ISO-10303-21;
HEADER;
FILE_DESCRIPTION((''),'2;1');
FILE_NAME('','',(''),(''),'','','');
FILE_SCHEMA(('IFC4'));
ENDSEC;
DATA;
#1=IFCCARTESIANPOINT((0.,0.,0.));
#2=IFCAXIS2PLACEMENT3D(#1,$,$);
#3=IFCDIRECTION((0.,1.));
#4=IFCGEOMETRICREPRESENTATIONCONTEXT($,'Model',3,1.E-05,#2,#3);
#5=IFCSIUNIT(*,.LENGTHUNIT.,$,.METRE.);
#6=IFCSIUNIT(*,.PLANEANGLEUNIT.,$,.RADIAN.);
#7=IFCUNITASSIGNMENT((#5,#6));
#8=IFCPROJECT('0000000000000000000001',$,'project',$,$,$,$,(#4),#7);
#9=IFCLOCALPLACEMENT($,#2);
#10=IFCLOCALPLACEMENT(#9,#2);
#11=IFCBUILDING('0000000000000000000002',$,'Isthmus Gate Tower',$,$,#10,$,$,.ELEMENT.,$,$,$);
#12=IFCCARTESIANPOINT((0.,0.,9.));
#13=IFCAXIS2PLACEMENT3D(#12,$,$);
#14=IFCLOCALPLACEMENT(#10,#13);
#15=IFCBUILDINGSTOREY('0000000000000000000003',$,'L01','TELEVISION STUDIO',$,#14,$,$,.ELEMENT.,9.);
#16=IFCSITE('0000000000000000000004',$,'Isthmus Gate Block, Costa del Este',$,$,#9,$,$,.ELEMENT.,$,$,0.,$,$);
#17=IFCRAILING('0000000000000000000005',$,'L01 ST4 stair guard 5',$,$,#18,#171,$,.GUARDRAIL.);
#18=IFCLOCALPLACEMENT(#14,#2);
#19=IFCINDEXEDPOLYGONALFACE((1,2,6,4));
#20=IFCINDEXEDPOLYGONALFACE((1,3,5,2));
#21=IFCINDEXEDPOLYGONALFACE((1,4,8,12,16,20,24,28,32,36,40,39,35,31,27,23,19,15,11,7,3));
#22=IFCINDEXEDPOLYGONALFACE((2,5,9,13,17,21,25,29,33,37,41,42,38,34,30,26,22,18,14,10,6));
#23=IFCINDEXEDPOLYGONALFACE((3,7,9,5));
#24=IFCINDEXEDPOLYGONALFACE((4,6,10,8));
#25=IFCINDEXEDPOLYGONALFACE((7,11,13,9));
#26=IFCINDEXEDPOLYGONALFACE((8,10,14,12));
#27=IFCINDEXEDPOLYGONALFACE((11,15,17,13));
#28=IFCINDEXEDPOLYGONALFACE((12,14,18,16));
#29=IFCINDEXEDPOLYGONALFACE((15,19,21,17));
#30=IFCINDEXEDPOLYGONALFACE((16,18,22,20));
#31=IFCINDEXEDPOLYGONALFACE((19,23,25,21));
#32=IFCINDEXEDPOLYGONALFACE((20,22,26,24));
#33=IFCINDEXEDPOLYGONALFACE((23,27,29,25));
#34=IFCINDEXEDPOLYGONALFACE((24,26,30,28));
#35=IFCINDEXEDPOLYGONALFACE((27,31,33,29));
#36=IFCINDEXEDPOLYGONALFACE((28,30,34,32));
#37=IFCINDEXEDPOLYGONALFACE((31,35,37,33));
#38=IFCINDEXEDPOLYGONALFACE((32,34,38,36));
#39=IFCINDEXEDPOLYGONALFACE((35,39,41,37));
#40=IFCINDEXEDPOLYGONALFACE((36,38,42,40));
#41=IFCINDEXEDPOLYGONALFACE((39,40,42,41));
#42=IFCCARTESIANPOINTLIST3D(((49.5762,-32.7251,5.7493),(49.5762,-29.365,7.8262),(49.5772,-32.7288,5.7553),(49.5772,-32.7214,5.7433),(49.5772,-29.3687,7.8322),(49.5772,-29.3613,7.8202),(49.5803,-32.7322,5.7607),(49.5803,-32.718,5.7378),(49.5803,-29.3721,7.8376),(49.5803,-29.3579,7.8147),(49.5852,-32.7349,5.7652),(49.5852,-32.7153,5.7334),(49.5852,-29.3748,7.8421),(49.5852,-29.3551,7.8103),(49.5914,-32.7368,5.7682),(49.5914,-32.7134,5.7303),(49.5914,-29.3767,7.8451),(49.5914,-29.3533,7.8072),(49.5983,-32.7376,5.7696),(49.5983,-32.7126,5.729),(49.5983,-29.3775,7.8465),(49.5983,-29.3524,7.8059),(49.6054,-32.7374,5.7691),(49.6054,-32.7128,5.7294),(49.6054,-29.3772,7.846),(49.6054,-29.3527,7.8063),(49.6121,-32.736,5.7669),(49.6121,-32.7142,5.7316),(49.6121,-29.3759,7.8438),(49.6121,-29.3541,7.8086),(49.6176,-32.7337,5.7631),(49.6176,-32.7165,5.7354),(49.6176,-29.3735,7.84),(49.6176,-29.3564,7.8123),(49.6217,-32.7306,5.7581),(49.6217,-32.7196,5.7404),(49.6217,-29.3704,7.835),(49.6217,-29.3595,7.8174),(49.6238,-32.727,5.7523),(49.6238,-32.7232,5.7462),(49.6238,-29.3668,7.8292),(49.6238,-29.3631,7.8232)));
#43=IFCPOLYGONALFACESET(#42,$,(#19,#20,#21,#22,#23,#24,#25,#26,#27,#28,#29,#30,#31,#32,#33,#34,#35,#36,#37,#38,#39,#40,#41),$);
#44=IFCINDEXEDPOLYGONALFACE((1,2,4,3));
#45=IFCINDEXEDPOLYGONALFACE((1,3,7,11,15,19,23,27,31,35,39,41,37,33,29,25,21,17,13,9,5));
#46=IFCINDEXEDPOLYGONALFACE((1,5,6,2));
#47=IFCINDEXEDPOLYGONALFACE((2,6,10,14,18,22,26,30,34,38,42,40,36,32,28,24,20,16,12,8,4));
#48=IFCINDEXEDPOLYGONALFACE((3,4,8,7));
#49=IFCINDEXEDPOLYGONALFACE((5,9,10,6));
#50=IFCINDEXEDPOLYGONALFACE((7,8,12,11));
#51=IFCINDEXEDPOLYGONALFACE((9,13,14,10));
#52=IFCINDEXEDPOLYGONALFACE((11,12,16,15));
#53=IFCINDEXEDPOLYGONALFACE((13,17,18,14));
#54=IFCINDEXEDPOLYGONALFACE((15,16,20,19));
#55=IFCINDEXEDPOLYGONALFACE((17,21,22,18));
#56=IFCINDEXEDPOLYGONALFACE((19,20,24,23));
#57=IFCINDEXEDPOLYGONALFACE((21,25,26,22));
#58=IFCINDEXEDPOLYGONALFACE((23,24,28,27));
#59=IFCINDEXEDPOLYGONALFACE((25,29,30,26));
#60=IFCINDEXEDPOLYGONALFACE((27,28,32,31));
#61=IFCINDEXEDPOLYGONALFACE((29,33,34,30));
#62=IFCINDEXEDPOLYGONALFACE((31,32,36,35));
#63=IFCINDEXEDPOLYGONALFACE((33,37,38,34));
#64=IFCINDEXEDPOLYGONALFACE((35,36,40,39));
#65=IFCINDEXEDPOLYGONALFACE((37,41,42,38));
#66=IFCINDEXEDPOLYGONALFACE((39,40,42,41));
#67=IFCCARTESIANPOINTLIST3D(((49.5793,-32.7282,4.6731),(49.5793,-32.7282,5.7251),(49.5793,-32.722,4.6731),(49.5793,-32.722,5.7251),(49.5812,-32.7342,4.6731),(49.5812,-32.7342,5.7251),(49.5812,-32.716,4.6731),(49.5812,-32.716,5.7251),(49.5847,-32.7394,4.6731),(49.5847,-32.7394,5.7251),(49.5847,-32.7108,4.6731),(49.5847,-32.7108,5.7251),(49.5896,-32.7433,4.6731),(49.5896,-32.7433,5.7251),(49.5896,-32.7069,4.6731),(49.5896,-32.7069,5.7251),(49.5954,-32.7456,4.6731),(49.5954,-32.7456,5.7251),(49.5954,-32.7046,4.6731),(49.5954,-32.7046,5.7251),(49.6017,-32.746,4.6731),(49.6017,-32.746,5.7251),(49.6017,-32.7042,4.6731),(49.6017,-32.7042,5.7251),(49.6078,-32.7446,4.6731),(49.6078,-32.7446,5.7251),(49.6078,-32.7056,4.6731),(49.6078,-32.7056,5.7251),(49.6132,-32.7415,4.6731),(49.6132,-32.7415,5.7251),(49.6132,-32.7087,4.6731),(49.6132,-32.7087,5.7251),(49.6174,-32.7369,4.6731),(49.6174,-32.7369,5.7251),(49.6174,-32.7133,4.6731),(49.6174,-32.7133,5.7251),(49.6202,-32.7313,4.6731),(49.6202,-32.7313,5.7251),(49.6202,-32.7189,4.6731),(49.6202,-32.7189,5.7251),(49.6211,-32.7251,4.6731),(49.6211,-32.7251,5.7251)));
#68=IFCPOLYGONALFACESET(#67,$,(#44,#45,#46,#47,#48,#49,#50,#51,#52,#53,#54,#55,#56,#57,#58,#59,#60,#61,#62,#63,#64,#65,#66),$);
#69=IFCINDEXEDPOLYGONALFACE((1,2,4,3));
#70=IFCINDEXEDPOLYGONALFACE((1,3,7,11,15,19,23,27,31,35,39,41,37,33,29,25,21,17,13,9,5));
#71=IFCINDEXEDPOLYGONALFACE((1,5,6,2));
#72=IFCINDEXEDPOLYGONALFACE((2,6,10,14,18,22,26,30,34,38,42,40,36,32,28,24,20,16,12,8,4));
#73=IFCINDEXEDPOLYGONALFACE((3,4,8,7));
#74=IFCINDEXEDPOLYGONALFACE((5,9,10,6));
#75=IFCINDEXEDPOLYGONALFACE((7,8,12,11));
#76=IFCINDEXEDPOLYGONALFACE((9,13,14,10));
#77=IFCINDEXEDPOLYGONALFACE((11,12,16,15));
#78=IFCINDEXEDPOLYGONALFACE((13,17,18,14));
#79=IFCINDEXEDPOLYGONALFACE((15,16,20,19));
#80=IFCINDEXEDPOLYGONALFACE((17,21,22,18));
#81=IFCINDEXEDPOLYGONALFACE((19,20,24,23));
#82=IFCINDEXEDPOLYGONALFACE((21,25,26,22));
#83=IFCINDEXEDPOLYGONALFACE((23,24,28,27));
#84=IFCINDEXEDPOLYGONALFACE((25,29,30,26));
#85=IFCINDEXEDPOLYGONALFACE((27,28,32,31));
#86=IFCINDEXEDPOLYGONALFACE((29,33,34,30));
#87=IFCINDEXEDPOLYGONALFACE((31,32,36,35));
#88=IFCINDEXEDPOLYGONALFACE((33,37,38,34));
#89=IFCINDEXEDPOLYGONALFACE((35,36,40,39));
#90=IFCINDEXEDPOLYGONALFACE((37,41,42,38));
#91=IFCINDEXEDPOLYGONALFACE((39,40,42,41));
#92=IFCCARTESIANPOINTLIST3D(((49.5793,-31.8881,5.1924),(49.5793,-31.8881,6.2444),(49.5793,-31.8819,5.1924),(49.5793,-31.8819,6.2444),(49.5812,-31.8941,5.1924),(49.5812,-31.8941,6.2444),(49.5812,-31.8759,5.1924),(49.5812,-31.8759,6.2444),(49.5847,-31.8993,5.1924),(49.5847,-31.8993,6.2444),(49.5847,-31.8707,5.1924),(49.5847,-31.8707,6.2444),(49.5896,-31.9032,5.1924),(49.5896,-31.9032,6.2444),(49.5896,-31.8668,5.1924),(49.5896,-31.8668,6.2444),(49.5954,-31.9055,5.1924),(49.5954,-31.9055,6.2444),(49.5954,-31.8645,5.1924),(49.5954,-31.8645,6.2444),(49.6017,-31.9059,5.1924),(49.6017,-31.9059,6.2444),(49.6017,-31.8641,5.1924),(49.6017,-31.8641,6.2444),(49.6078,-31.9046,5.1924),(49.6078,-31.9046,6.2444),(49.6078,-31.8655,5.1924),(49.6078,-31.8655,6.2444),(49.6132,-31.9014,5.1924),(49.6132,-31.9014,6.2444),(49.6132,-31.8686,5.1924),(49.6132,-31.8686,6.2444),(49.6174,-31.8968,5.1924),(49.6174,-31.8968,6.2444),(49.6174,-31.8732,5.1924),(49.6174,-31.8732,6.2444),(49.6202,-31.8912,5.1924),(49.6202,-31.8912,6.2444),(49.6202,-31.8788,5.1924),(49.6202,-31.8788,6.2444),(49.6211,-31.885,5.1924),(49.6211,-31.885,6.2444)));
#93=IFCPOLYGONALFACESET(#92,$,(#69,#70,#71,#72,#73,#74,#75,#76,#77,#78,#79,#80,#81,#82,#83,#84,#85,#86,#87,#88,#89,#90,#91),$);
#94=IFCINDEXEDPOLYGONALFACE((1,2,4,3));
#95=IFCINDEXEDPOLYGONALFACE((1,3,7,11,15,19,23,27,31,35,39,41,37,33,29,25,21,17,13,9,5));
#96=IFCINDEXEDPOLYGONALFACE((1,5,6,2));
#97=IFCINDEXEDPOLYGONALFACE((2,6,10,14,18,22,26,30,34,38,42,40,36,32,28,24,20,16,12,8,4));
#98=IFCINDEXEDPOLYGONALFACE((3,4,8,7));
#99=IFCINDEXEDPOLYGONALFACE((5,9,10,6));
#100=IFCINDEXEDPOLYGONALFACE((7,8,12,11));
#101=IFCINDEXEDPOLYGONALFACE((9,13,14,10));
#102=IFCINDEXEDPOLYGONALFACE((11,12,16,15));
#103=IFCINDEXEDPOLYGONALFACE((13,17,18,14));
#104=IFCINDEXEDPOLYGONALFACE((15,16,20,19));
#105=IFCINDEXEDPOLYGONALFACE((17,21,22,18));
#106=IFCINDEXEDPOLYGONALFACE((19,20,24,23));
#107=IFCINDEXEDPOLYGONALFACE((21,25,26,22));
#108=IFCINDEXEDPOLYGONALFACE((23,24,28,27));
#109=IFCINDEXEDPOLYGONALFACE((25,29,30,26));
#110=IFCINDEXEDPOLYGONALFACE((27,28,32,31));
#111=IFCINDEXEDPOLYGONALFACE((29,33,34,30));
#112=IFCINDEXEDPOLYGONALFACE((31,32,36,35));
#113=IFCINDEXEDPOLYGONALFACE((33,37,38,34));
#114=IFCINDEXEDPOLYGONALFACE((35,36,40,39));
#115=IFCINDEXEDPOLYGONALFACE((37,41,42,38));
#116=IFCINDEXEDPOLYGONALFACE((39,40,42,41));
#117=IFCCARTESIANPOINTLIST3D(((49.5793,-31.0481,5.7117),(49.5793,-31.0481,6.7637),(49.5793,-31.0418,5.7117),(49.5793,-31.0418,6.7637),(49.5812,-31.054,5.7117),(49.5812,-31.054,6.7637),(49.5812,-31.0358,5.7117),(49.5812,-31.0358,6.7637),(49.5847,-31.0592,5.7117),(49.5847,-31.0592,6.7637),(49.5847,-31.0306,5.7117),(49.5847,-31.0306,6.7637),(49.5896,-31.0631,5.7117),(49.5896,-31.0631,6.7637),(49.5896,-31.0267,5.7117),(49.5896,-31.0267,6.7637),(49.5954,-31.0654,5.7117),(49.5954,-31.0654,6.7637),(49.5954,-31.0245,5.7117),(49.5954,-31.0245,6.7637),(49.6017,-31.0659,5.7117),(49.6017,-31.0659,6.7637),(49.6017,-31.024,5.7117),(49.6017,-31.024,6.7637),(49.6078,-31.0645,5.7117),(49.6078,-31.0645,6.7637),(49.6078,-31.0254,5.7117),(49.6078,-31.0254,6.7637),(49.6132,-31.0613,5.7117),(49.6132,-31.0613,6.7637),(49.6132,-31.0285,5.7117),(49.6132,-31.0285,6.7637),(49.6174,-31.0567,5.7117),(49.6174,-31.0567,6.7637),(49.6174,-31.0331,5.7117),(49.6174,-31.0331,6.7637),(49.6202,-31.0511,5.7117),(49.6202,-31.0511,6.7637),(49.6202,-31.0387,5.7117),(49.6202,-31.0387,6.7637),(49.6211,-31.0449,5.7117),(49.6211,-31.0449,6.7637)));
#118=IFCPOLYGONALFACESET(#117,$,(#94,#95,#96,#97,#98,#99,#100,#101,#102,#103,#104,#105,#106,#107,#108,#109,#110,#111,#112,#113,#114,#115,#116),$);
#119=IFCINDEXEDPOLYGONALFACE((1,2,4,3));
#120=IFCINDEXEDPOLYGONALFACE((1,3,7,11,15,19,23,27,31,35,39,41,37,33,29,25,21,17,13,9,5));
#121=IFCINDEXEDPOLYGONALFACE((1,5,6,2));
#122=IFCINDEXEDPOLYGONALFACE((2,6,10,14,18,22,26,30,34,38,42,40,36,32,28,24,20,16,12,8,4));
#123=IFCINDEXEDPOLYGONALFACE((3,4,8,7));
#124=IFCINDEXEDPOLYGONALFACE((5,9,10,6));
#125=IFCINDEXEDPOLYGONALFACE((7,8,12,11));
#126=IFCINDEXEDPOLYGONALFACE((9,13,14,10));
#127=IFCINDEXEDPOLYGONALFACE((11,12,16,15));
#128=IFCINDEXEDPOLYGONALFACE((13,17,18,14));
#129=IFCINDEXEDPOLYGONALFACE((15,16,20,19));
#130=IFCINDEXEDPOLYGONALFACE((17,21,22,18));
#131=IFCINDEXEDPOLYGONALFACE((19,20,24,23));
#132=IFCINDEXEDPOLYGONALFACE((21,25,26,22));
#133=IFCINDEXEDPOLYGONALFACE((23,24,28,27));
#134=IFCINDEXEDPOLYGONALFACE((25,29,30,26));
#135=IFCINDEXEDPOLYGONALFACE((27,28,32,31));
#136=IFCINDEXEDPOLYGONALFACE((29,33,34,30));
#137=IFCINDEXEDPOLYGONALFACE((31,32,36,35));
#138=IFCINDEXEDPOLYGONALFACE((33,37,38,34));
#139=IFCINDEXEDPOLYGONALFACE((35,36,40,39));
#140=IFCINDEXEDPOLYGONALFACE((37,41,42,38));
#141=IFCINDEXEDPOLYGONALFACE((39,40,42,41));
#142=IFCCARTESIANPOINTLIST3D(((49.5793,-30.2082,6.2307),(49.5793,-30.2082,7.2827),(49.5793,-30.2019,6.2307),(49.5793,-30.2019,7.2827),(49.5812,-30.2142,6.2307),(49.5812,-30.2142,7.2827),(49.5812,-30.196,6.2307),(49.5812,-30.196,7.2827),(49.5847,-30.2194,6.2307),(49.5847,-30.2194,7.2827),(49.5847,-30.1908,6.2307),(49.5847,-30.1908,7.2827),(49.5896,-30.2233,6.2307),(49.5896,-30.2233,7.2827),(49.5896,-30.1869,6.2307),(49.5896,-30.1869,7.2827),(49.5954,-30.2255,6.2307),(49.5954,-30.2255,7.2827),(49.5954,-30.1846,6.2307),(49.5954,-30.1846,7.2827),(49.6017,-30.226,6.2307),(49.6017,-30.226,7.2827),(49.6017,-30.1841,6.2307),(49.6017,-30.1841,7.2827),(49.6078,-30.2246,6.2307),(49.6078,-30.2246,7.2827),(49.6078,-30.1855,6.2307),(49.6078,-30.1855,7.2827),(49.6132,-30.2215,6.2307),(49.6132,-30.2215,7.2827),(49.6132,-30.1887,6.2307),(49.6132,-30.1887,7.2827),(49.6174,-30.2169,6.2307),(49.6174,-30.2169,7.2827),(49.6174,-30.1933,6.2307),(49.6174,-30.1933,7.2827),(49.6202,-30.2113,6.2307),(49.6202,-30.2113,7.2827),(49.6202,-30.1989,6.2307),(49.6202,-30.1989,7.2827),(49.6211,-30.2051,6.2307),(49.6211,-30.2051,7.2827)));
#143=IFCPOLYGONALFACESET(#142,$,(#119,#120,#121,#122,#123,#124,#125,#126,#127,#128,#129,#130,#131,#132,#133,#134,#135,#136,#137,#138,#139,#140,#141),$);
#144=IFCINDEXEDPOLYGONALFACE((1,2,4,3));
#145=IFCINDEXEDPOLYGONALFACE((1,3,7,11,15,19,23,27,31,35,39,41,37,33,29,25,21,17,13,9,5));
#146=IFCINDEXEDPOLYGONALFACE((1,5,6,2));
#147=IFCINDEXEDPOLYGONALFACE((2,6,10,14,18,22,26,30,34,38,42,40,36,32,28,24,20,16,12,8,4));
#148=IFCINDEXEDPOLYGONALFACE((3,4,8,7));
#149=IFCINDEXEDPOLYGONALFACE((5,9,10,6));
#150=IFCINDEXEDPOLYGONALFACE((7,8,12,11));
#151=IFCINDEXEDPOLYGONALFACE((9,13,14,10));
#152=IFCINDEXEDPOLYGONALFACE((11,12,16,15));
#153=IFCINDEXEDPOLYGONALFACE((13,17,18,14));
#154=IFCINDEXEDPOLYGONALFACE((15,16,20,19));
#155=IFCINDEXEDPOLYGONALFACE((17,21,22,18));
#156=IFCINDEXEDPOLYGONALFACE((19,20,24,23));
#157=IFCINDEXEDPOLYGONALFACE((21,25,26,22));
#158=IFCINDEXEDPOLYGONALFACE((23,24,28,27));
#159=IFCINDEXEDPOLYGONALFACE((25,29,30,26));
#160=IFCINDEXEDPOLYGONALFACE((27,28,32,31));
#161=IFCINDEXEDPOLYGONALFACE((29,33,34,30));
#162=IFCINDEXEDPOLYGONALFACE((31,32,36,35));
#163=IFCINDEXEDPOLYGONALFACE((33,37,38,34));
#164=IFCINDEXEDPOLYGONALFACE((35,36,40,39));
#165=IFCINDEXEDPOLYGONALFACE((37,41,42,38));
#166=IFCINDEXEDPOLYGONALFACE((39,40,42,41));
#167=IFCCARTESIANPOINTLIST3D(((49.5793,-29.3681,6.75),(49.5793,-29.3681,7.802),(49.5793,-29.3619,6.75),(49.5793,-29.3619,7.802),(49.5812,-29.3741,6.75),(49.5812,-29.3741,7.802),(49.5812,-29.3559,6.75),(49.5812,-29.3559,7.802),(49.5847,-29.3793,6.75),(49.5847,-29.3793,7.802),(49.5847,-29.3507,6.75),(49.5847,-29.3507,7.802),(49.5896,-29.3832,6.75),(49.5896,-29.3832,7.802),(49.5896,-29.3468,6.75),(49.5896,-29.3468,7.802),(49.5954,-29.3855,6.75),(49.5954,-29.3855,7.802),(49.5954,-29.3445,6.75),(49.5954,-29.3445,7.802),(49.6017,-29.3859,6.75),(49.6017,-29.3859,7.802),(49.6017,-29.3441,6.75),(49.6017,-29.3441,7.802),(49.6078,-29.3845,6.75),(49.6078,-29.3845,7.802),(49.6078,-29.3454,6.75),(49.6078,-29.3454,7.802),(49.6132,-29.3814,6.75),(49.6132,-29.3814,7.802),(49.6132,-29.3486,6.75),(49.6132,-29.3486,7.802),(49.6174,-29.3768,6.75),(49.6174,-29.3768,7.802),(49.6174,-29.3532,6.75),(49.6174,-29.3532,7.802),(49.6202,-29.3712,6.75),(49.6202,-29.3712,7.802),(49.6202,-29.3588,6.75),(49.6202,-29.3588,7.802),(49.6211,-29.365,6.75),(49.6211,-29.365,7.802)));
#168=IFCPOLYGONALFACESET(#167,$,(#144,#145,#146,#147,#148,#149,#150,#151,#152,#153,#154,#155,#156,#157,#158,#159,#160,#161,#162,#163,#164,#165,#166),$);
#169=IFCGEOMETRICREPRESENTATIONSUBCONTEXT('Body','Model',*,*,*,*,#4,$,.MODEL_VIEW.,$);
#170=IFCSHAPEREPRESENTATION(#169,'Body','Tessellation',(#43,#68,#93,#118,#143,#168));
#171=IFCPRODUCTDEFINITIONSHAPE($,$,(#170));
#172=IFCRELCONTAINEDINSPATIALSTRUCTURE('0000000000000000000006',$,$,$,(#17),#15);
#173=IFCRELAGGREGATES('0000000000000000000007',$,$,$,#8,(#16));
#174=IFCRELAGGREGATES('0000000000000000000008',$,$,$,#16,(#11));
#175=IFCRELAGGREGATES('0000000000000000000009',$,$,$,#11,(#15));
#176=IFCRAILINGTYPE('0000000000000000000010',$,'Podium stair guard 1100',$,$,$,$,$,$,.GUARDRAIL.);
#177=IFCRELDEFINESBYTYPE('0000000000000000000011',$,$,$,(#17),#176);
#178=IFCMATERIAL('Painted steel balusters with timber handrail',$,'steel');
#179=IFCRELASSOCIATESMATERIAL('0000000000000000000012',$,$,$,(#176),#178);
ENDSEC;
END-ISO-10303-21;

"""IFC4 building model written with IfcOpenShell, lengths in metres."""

from ifc_helpers import new_model, si_unit, direction, frame, origin, origin_2d, place, context, subcontext, project, spatial, circle, extrude, material, type_object, element, save


model = new_model("IFC4")

# Units and contexts
model_context = context("Model", 3, precision=1e-05, world=origin(), true_north=direction((0.0, 1.0)))
body_context = subcontext(model_context, "Body", "Model", "MODEL_VIEW")
ifc_project = project(units=[si_unit("LENGTHUNIT", "METRE"), si_unit("PLANEANGLEUNIT", "RADIAN")], contexts=[model_context])

# Site, building, storey
site_placement = place(None, origin())
site = spatial("IfcSite", under=ifc_project, at=site_placement, Name="Isthmus Gate Block, Costa del Este", CompositionType="ELEMENT", RefElevation=0.0)
building_placement = place(site_placement, origin())
building = spatial("IfcBuilding", under=site, at=building_placement, Name="Isthmus Gate Tower", CompositionType="ELEMENT")
storey_placement = place(building_placement, frame((0.0, 0.0, 9.0)))
storey = spatial("IfcBuildingStorey", under=building, at=storey_placement, Name="L01", Description="TELEVISION STUDIO", CompositionType="ELEMENT", Elevation=9.0)

# Railing
ifc_material_1 = material(Name="Painted steel balusters with timber handrail", Category="steel")
railing_type_1 = type_object("IfcRailingType", Name="Podium stair guard 1100", PredefinedType="GUARDRAIL", material=ifc_material_1)
railing_1_placement = place(storey_placement, frame((49.6001, -32.7251, 4.6731)))
element("IfcRailing", 1, at=railing_1_placement, inside=storey, type_object=railing_type_1, Name="L01 ST4 stair guard 5", PredefinedType="GUARDRAIL", context=body_context, shape_type="SweptSolid", body=[
    extrude(circle(Radius=0.0239, at=origin_2d()), frame((0.0, 0.0, 1.0762), z_axis=(0.0, 0.850623, 0.525776), x_axis=(-1.0, 0.0, 0.0)), (0.0, 0.0, 1.0), 3.9502),
    extrude(circle(Radius=0.021, at=origin_2d()), origin(), (0.0, 0.0, 1.0), 1.052),
    extrude(circle(Radius=0.021, at=origin_2d()), frame((0.0, 0.8401, 0.5193)), (0.0, 0.0, 1.0), 1.052),
    extrude(circle(Radius=0.021, at=origin_2d()), frame((0.0, 1.6802, 1.0386)), (0.0, 0.0, 1.0), 1.052),
    extrude(circle(Radius=0.021, at=origin_2d()), frame((0.0, 2.52, 1.5576)), (0.0, 0.0, 1.0), 1.052),
    extrude(circle(Radius=0.021, at=origin_2d()), frame((0.0, 3.3601, 2.0769)), (0.0, 0.0, 1.0), 1.052),
])

save(model, "model.ifc")
